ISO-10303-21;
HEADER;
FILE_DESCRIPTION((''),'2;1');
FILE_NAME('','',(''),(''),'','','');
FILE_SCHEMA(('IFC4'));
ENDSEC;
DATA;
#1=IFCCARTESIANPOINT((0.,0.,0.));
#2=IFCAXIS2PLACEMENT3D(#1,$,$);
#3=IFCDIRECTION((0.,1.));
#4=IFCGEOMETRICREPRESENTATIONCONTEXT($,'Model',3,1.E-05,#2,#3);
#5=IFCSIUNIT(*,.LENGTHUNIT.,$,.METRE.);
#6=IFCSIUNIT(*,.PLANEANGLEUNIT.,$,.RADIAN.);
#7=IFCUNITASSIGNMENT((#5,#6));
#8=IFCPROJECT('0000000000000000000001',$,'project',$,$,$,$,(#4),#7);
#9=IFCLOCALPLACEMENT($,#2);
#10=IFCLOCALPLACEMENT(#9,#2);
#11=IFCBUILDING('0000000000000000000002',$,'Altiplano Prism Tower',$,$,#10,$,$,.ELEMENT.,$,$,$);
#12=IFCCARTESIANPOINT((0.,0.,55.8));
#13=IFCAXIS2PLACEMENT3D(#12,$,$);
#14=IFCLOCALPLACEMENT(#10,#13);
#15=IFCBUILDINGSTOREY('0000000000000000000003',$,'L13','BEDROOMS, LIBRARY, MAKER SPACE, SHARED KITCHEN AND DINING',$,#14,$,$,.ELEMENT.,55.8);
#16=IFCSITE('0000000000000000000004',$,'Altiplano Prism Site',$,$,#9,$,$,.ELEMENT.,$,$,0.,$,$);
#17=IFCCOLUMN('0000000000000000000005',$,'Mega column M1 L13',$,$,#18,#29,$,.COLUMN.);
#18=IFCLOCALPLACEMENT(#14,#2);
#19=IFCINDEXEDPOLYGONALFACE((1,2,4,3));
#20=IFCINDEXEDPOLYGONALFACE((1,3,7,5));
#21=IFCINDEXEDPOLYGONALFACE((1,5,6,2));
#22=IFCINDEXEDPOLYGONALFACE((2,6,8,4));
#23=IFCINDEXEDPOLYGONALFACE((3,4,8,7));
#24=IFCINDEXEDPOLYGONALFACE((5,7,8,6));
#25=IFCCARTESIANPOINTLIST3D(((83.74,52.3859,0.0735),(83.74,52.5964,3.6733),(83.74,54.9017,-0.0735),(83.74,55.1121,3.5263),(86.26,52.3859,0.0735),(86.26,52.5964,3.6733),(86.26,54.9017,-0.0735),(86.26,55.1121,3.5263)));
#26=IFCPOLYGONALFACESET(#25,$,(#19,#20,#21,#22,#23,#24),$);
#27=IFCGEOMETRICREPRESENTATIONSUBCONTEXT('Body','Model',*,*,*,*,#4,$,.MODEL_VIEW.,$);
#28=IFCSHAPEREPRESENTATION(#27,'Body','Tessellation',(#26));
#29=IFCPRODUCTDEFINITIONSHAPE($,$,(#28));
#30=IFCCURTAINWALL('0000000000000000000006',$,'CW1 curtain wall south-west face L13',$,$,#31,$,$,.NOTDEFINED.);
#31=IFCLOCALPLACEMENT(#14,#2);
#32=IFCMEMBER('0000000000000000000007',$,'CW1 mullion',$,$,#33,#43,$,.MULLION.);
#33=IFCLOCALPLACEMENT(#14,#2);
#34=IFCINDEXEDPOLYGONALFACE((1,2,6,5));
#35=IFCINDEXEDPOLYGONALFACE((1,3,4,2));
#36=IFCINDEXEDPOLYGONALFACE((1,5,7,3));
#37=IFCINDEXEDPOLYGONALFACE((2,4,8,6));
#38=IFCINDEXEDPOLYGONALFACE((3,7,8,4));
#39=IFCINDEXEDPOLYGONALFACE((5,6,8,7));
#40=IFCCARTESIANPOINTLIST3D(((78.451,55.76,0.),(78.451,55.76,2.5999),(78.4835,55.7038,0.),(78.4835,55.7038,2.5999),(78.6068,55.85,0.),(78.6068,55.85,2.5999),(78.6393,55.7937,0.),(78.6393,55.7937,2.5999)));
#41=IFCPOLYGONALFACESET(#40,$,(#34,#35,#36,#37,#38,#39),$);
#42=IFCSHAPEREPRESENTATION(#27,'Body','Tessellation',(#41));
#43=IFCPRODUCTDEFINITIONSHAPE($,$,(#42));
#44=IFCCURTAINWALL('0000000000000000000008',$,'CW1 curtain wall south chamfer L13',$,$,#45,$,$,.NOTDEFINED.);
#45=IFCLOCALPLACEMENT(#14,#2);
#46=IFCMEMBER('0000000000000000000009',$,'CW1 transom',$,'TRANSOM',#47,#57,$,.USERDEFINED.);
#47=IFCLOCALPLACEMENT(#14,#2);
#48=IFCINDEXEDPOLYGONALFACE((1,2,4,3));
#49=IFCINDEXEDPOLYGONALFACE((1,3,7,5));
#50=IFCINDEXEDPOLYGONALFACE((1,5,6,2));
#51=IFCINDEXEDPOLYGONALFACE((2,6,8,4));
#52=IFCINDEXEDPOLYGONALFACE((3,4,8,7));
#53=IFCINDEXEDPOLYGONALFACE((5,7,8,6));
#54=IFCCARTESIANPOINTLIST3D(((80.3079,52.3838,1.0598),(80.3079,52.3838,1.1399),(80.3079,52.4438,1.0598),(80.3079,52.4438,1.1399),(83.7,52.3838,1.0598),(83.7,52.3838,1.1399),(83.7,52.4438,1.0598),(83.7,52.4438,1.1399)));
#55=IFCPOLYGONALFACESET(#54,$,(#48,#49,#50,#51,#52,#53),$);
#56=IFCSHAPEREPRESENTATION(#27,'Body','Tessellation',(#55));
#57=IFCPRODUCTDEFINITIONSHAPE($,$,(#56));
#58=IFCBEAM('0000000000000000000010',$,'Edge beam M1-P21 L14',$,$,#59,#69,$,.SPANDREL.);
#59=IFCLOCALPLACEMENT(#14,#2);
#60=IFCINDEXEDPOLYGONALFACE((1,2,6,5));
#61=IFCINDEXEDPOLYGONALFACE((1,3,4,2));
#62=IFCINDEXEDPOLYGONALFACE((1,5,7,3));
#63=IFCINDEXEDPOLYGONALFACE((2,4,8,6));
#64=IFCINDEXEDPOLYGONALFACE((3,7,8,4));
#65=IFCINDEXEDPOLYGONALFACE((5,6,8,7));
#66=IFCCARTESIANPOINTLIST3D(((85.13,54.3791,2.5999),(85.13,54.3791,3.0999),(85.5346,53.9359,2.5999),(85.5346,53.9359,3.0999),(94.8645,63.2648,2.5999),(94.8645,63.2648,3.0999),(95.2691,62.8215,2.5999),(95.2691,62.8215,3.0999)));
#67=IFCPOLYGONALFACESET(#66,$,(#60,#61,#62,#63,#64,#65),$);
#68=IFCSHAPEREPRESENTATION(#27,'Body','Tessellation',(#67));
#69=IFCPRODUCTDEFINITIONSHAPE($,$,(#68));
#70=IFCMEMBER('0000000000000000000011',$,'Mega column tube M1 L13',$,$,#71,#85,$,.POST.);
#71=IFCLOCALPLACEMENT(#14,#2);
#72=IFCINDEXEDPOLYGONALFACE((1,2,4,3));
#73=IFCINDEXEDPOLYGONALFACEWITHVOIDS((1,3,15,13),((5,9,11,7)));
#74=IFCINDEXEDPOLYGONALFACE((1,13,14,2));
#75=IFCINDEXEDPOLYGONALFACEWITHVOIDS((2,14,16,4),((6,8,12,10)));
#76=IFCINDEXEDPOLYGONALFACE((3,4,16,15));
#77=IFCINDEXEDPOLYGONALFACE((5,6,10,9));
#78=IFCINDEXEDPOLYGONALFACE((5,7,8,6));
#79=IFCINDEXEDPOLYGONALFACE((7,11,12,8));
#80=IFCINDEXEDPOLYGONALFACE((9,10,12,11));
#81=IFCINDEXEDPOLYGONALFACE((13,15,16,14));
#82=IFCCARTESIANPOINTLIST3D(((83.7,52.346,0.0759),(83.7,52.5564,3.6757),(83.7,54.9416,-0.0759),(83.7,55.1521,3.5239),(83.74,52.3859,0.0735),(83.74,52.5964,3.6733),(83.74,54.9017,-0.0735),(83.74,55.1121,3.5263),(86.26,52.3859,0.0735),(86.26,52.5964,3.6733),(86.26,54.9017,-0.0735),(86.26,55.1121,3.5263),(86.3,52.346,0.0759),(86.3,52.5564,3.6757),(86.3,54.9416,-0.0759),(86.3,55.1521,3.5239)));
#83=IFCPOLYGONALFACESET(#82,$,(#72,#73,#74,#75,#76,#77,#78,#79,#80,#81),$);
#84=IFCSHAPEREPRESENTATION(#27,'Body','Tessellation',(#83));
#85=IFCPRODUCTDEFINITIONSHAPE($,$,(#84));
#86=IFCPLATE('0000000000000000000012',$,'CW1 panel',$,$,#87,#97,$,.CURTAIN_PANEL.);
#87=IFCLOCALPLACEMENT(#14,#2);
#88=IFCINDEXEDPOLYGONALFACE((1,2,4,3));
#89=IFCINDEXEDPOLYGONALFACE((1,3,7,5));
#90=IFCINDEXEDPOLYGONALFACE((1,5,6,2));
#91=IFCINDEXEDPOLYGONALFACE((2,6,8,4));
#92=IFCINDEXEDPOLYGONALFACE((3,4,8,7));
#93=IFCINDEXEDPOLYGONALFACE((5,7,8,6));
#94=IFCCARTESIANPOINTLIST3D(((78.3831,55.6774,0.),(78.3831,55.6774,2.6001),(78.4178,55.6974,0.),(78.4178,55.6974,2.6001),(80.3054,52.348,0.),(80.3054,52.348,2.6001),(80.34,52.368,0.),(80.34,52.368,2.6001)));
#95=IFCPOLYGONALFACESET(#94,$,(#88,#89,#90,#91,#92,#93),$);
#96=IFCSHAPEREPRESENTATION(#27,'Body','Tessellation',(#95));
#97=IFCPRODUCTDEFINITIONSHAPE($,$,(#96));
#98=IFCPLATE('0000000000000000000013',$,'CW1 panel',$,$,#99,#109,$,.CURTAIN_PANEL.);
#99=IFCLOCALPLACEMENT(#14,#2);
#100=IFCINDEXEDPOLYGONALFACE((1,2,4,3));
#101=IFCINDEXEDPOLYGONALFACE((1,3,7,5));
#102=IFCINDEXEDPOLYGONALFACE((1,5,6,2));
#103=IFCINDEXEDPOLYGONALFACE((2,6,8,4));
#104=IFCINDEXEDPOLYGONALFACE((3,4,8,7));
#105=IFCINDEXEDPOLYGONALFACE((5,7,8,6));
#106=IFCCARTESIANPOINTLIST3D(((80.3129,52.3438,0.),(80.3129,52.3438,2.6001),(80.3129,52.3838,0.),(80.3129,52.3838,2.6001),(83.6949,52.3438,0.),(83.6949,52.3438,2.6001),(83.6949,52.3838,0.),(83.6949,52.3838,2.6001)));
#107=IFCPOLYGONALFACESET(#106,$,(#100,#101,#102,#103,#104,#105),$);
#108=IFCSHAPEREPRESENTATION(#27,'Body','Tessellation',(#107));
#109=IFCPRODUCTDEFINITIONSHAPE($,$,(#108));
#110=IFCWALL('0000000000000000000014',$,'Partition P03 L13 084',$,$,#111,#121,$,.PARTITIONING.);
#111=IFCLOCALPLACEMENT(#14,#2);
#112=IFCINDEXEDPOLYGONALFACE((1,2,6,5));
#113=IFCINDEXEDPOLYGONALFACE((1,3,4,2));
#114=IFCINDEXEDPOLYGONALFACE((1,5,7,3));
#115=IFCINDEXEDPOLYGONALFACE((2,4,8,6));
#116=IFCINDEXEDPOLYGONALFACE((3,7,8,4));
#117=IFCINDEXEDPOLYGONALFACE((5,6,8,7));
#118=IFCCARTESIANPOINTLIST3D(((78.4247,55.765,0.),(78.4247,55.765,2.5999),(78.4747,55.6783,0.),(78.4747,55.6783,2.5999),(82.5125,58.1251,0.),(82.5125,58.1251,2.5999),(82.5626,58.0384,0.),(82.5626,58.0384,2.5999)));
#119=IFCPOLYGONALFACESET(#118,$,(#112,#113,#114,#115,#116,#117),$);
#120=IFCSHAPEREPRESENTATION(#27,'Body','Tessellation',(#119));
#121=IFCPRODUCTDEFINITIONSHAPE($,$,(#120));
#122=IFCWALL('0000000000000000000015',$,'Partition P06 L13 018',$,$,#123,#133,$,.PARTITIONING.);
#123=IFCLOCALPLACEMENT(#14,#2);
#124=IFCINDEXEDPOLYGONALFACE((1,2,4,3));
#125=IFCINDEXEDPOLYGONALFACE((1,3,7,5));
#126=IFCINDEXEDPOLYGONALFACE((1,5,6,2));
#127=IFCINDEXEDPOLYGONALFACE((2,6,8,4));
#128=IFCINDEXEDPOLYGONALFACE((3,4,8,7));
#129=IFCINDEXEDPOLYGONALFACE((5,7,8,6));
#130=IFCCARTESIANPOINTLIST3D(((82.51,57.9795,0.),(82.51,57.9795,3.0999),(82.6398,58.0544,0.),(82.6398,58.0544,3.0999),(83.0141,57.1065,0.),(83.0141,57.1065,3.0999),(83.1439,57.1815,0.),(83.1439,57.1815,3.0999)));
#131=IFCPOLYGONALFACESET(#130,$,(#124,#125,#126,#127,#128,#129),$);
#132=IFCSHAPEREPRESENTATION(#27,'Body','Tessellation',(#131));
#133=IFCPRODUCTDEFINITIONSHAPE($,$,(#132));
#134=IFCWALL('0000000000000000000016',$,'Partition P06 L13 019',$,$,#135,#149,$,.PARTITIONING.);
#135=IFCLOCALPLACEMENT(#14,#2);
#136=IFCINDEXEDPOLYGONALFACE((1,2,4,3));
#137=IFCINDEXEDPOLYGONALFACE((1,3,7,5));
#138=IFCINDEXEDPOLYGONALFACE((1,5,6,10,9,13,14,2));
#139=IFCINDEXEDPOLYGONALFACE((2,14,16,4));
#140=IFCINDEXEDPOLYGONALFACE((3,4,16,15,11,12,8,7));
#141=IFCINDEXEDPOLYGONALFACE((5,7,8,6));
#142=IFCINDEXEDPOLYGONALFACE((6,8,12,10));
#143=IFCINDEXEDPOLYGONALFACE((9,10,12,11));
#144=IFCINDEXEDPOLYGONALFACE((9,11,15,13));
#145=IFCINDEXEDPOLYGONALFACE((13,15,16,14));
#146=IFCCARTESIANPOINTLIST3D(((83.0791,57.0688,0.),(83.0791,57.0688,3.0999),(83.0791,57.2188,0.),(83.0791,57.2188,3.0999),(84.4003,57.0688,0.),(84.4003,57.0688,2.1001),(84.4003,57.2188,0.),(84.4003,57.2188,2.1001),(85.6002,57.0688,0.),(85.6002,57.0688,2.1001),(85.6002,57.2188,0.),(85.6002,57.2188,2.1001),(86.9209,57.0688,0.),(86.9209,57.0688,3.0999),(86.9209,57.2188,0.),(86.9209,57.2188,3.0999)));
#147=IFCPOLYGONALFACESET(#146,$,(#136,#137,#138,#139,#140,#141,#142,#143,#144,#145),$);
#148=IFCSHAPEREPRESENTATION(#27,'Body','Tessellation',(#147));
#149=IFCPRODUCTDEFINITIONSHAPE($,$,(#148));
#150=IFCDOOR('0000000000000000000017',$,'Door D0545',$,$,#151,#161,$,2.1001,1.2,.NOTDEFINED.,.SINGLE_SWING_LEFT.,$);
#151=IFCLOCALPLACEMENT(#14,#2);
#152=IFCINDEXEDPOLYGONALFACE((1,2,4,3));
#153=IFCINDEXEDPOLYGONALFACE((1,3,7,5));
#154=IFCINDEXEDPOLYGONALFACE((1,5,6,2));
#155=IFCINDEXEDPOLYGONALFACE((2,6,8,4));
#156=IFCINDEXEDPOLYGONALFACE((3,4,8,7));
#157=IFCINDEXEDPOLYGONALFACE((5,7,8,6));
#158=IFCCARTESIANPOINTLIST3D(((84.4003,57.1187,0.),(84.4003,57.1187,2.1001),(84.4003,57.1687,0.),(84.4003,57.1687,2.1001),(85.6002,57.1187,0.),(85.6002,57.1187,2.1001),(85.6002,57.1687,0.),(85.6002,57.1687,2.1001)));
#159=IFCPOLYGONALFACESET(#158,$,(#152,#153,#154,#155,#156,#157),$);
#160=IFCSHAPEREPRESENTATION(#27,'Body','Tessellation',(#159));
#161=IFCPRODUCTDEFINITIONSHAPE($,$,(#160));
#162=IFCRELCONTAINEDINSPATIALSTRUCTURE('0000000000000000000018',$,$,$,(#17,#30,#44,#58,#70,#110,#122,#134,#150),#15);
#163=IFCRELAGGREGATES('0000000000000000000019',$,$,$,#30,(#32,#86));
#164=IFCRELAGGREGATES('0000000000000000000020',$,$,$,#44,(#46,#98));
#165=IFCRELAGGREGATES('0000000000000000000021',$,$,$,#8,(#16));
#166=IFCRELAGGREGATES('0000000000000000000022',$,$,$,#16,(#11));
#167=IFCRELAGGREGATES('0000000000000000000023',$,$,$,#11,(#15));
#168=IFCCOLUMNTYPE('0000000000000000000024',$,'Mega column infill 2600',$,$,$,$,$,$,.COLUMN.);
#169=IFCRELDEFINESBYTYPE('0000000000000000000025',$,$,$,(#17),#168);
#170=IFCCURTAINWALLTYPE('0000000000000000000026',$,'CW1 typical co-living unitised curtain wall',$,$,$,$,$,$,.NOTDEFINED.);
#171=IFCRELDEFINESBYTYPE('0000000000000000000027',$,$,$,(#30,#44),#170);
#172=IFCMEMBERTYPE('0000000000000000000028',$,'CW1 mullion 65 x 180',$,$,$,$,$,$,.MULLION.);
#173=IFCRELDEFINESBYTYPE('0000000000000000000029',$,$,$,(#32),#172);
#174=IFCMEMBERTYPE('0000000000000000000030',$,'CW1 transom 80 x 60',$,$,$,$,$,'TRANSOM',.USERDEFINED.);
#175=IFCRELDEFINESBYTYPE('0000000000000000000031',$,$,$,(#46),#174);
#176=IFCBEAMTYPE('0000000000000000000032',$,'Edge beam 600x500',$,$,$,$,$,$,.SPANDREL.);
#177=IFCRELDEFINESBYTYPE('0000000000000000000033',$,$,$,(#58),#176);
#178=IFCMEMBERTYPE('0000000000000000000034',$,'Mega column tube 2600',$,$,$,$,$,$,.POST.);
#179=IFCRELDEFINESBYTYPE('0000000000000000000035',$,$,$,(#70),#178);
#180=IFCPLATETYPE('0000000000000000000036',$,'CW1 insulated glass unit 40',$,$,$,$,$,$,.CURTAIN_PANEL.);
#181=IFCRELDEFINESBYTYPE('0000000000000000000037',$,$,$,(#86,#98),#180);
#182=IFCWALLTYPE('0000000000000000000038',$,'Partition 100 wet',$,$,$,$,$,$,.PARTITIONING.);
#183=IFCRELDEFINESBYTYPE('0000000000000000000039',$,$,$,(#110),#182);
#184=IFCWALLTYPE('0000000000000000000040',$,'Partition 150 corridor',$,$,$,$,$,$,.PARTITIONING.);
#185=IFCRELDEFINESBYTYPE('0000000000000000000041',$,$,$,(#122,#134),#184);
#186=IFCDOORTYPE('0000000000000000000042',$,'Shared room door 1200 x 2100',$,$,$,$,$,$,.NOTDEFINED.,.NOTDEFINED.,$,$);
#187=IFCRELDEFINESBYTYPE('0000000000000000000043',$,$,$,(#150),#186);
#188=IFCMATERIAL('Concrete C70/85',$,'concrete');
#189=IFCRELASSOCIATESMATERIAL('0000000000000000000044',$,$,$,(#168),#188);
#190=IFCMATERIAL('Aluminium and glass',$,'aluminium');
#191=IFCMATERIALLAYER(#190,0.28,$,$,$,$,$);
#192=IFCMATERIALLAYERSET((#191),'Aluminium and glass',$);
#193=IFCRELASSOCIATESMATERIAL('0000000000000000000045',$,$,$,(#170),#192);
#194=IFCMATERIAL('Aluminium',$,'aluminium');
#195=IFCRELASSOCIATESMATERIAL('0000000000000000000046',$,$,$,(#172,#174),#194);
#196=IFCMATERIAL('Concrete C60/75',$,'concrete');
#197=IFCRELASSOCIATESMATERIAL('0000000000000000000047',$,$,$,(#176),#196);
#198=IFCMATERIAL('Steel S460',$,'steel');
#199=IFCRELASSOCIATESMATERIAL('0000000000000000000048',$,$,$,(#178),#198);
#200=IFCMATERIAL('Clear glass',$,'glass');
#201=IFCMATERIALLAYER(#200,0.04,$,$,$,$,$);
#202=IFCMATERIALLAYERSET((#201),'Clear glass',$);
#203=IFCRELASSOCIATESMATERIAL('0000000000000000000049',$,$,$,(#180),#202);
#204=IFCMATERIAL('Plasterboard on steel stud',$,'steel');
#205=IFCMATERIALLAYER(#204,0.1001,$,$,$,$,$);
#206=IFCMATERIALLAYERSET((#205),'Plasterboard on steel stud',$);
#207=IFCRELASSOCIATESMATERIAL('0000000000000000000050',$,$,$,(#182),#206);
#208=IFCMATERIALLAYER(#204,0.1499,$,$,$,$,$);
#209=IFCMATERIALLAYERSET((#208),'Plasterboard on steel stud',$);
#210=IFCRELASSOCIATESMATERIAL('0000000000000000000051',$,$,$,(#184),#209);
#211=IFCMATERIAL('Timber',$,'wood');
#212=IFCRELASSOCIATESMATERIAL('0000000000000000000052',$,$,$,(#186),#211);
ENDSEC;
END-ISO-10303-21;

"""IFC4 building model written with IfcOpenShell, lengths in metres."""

from ifc_helpers import new_model, si_unit, direction, frame, frame_2d, origin, origin_2d, place, context, subcontext, project, spatial, rectangle, hollow_rectangle, extrude, material, layer, layer_set, material_profile, profile_set, type_object, element, fill, aggregate, save


model = new_model("IFC4")

# Units and contexts
model_context = context("Model", 3, precision=1e-05, world=origin(), true_north=direction((0.0, 1.0)))
body_context = subcontext(model_context, "Body", "Model", "MODEL_VIEW")
ifc_project = project(units=[si_unit("LENGTHUNIT", "METRE"), si_unit("PLANEANGLEUNIT", "RADIAN")], contexts=[model_context])

# Site, building, storey
site_placement = place(None, origin())
site = spatial("IfcSite", under=ifc_project, at=site_placement, Name="Altiplano Prism Site", CompositionType="ELEMENT", RefElevation=0.0)
building_placement = place(site_placement, origin())
building = spatial("IfcBuilding", under=site, at=building_placement, Name="Altiplano Prism Tower", CompositionType="ELEMENT")
storey_placement = place(building_placement, frame((0.0, 0.0, 55.8)))
storey = spatial("IfcBuildingStorey", under=building, at=storey_placement, Name="L13", Description="BEDROOMS, LIBRARY, MAKER SPACE, SHARED KITCHEN AND DINING", CompositionType="ELEMENT", Elevation=55.8)

# Column
ifc_material_1 = material(Name="Concrete C70/85", Category="concrete")
ifc_material_profile_1 = material_profile(ifc_material_1, rectangle(XDim=2.52, YDim=2.52, at=origin_2d()), Name="Mega column infill 2600")
ifc_profile_set_1 = profile_set([ifc_material_profile_1], Name="Concrete C70/85")
column_type = type_object("IfcColumnType", Name="Mega column infill 2600", PredefinedType="COLUMN", material=ifc_profile_set_1)
column_placement = place(storey_placement, frame((85.0, 53.6438, 0.0), z_axis=(0.0, 0.058361, 0.998296), x_axis=(-1.0, 0.0, 0.0)))
element("IfcColumn", 1, at=column_placement, inside=storey, type_object=column_type, Name="Mega column M1 L13", PredefinedType="COLUMN", context=body_context, shape_type="SweptSolid", body=[
    extrude(rectangle(XDim=2.52, YDim=2.52, at=origin_2d()), origin(), (0.0, 0.0, 1.0), 3.606),
])

# Curtain walls, members
ifc_material_2 = material(Name="Aluminium and glass", Category="aluminium")
ifc_layer_1 = layer(ifc_material_2, 0.28)
ifc_layer_set_1 = layer_set([ifc_layer_1], Name="Aluminium and glass")
curtain_wall_type = type_object("IfcCurtainWallType", Name="CW1 typical co-living unitised curtain wall", PredefinedType="NOTDEFINED", material=ifc_layer_set_1)
curtain_wall_1_placement = place(storey_placement, origin())
curtain_wall_1 = element("IfcCurtainWall", 2, at=curtain_wall_1_placement, inside=storey, type_object=curtain_wall_type, Name="CW1 curtain wall south-west face L13", PredefinedType="NOTDEFINED")
ifc_material_3 = material(Name="Aluminium", Category="aluminium")
ifc_material_profile_2 = material_profile(ifc_material_3, rectangle(XDim=0.1799, YDim=0.0649, at=origin_2d()), Name="CW1 mullion 65 x 180")
ifc_profile_set_2 = profile_set([ifc_material_profile_2], Name="Aluminium")
member_type_1 = type_object("IfcMemberType", Name="CW1 mullion 65 x 180", PredefinedType="MULLION", material=ifc_profile_set_2)
member_1_placement = place(storey_placement, frame((78.5452, 55.7769, 0.0), z_axis=(0.0, 0.0, 1.0), x_axis=(0.866025, 0.5, 0.0)))
member_1 = element("IfcMember", 3, at=member_1_placement, type_object=member_type_1, Name="CW1 mullion", PredefinedType="MULLION", context=body_context, shape_type="SweptSolid", body=[
    extrude(rectangle(XDim=0.1799, YDim=0.0649, at=origin_2d()), origin(), (0.0, 0.0, 1.0), 2.5999),
])
curtain_wall_2_placement = place(storey_placement, origin())
curtain_wall_2 = element("IfcCurtainWall", 4, at=curtain_wall_2_placement, inside=storey, type_object=curtain_wall_type, Name="CW1 curtain wall south chamfer L13", PredefinedType="NOTDEFINED")
ifc_material_profile_3 = material_profile(ifc_material_3, rectangle(XDim=0.0601, YDim=0.0801, at=origin_2d()), Name="CW1 transom 80 x 60")
ifc_profile_set_3 = profile_set([ifc_material_profile_3], Name="Aluminium")
member_type_2 = type_object("IfcMemberType", Name="CW1 transom 80 x 60", ElementType="TRANSOM", PredefinedType="USERDEFINED", material=ifc_profile_set_3)
member_2_placement = place(storey_placement, frame((80.3079, 52.4138, 1.0999), z_axis=(1.0, 0.0, 0.0), x_axis=(0.0, 1.0, 0.0)))
member_2 = element("IfcMember", 5, at=member_2_placement, type_object=member_type_2, Name="CW1 transom", ObjectType="TRANSOM", PredefinedType="USERDEFINED", context=body_context, shape_type="SweptSolid", body=[
    extrude(rectangle(XDim=0.0601, YDim=0.0801, at=origin_2d()), origin(), (0.0, 0.0, 1.0), 3.3921),
])

# Beam
ifc_material_4 = material(Name="Concrete C60/75", Category="concrete")
ifc_material_profile_4 = material_profile(ifc_material_4, rectangle(XDim=0.6001, YDim=0.5, at=origin_2d()), Name="Edge beam 600x500")
ifc_profile_set_4 = profile_set([ifc_material_profile_4], Name="Concrete C60/75")
beam_type = type_object("IfcBeamType", Name="Edge beam 600x500", PredefinedType="SPANDREL", material=ifc_profile_set_4)
beam_placement = place(storey_placement, frame((85.3323, 54.1575, 2.8499), z_axis=(0.738576, 0.674171, 0.0), x_axis=(-0.674171, 0.738576, 0.0)))
element("IfcBeam", 6, at=beam_placement, inside=storey, type_object=beam_type, Name="Edge beam M1-P21 L14", PredefinedType="SPANDREL", context=body_context, shape_type="SweptSolid", body=[
    extrude(rectangle(XDim=0.6001, YDim=0.5, at=origin_2d()), origin(), (0.0, 0.0, 1.0), 13.1802),
])

# Member
ifc_material_5 = material(Name="Steel S460", Category="steel")
ifc_material_profile_5 = material_profile(ifc_material_5, hollow_rectangle(XDim=2.6001, YDim=2.6001, WallThickness=0.04, at=origin_2d()), Name="Mega column tube 2600")
ifc_profile_set_5 = profile_set([ifc_material_profile_5], Name="Steel S460")
member_type_3 = type_object("IfcMemberType", Name="Mega column tube 2600", PredefinedType="POST", material=ifc_profile_set_5)
member_3_placement = place(storey_placement, frame((85.0, 53.6438, 0.0), z_axis=(0.0, 0.058361, 0.998296), x_axis=(-1.0, 0.0, 0.0)))
element("IfcMember", 7, at=member_3_placement, inside=storey, type_object=member_type_3, Name="Mega column tube M1 L13", PredefinedType="POST", context=body_context, shape_type="SweptSolid", body=[
    extrude(hollow_rectangle(XDim=2.6001, YDim=2.6001, WallThickness=0.04, at=origin_2d()), origin(), (0.0, 0.0, 1.0), 3.606),
])

# Plates
ifc_material_6 = material(Name="Clear glass", Category="glass")
ifc_layer_2 = layer(ifc_material_6, 0.04)
ifc_layer_set_2 = layer_set([ifc_layer_2], Name="Clear glass")
plate_type = type_object("IfcPlateType", Name="CW1 insulated glass unit 40", PredefinedType="CURTAIN_PANEL", material=ifc_layer_set_2)
plate_1_placement = place(storey_placement, frame((79.3616, 54.0227, 0.0), z_axis=(0.0, 0.0, 1.0), x_axis=(0.5, -0.866025, 0.0)))
plate_1 = element("IfcPlate", 8, at=plate_1_placement, type_object=plate_type, Name="CW1 panel", PredefinedType="CURTAIN_PANEL", context=body_context, shape_type="SweptSolid", body=[
    extrude(rectangle(XDim=3.8445, YDim=0.04, at=origin_2d()), origin(), (0.0, 0.0, 1.0), 2.6001),
])
aggregate(curtain_wall_1, [member_1, plate_1])
plate_2_placement = place(storey_placement, frame((82.0039, 52.3638, 0.0), z_axis=(0.0, 0.0, 1.0), x_axis=(1.0, 0.0, 0.0)))
plate_2 = element("IfcPlate", 9, at=plate_2_placement, type_object=plate_type, Name="CW1 panel", PredefinedType="CURTAIN_PANEL", context=body_context, shape_type="SweptSolid", body=[
    extrude(rectangle(XDim=3.3821, YDim=0.04, at=origin_2d()), origin(), (0.0, 0.0, 1.0), 2.6001),
])
aggregate(curtain_wall_2, [member_2, plate_2])

# Walls
ifc_material_7 = material(Name="Plasterboard on steel stud", Category="steel")
ifc_layer_3 = layer(ifc_material_7, 0.1001)
ifc_layer_set_3 = layer_set([ifc_layer_3], Name="Plasterboard on steel stud")
wall_type_1 = type_object("IfcWallType", Name="Partition 100 wet", PredefinedType="PARTITIONING", material=ifc_layer_set_3)
wall_1_placement = place(storey_placement, frame((78.4497, 55.7217, 0.0), z_axis=(0.0, 0.0, 1.0), x_axis=(0.866029, 0.499994, 0.0)))
element("IfcWall", 10, at=wall_1_placement, inside=storey, type_object=wall_type_1, Name="Partition P03 L13 084", PredefinedType="PARTITIONING", context=body_context, shape_type="SweptSolid", body=[
    extrude(rectangle(XDim=4.7202, YDim=0.1001, at=frame_2d((2.3601, 0.0))), origin(), (0.0, 0.0, 1.0), 2.5999),
])
ifc_layer_4 = layer(ifc_material_7, 0.1499)
ifc_layer_set_4 = layer_set([ifc_layer_4], Name="Plasterboard on steel stud")
wall_type_2 = type_object("IfcWallType", Name="Partition 150 corridor", PredefinedType="PARTITIONING", material=ifc_layer_set_4)
wall_2_placement = place(storey_placement, frame((82.575, 58.0168, 0.0), z_axis=(0.0, 0.0, 1.0), x_axis=(0.500072, -0.865984, 0.0)))
element("IfcWall", 11, at=wall_2_placement, inside=storey, type_object=wall_type_2, Name="Partition P06 L13 018", PredefinedType="PARTITIONING", context=body_context, shape_type="SweptSolid", body=[
    extrude(rectangle(XDim=1.0081, YDim=0.1499, at=frame_2d((0.5039, 0.0))), origin(), (0.0, 0.0, 1.0), 3.0999),
])

# Wall, opening, door
wall_3_placement = place(storey_placement, frame((83.0791, 57.1438, 0.0), z_axis=(0.0, 0.0, 1.0), x_axis=(1.0, 0.0, 0.0)))
wall_3 = element("IfcWall", 12, at=wall_3_placement, inside=storey, type_object=wall_type_2, Name="Partition P06 L13 019", PredefinedType="PARTITIONING", context=body_context, shape_type="SweptSolid", body=[
    extrude(rectangle(XDim=3.8418, YDim=0.1499, at=frame_2d((1.9209, 0.0))), origin(), (0.0, 0.0, 1.0), 3.0999),
])
opening_placement = place(wall_3_placement, frame((1.321, 0.0, 0.0)))
opening = element("IfcOpeningElement", 13, at=opening_placement, cuts=wall_3, PredefinedType="OPENING", context=body_context, shape_type="SweptSolid", body=[
    extrude(rectangle(XDim=1.2, YDim=2.1001, at=frame_2d((0.6001, 1.05))), frame((0.0, 0.0854, 0.0), z_axis=(0.0, -1.0, 0.0), x_axis=(1.0, 0.0, 0.0)), (0.0, 0.0, 1.0), 0.1709),
])
ifc_material_8 = material(Name="Timber", Category="wood")
door_type = type_object("IfcDoorType", Name="Shared room door 1200 x 2100", OperationType="NOTDEFINED", PredefinedType="NOTDEFINED", material=ifc_material_8)
door_placement = place(opening_placement, origin())
door = element("IfcDoor", 14, at=door_placement, inside=storey, type_object=door_type, Name="Door D0545", OperationType="SINGLE_SWING_LEFT", OverallHeight=2.1001, OverallWidth=1.2, PredefinedType="NOTDEFINED", context=body_context, shape_type="SweptSolid", body=[
    extrude(rectangle(XDim=1.2, YDim=2.1001, at=frame_2d((0.6001, 1.05))), frame((0.0, 0.0249, 0.0), z_axis=(0.0, -1.0, 0.0), x_axis=(1.0, 0.0, 0.0)), (0.0, 0.0, 1.0), 0.05),
])
fill(opening, door)

save(model, "model.ifc")
